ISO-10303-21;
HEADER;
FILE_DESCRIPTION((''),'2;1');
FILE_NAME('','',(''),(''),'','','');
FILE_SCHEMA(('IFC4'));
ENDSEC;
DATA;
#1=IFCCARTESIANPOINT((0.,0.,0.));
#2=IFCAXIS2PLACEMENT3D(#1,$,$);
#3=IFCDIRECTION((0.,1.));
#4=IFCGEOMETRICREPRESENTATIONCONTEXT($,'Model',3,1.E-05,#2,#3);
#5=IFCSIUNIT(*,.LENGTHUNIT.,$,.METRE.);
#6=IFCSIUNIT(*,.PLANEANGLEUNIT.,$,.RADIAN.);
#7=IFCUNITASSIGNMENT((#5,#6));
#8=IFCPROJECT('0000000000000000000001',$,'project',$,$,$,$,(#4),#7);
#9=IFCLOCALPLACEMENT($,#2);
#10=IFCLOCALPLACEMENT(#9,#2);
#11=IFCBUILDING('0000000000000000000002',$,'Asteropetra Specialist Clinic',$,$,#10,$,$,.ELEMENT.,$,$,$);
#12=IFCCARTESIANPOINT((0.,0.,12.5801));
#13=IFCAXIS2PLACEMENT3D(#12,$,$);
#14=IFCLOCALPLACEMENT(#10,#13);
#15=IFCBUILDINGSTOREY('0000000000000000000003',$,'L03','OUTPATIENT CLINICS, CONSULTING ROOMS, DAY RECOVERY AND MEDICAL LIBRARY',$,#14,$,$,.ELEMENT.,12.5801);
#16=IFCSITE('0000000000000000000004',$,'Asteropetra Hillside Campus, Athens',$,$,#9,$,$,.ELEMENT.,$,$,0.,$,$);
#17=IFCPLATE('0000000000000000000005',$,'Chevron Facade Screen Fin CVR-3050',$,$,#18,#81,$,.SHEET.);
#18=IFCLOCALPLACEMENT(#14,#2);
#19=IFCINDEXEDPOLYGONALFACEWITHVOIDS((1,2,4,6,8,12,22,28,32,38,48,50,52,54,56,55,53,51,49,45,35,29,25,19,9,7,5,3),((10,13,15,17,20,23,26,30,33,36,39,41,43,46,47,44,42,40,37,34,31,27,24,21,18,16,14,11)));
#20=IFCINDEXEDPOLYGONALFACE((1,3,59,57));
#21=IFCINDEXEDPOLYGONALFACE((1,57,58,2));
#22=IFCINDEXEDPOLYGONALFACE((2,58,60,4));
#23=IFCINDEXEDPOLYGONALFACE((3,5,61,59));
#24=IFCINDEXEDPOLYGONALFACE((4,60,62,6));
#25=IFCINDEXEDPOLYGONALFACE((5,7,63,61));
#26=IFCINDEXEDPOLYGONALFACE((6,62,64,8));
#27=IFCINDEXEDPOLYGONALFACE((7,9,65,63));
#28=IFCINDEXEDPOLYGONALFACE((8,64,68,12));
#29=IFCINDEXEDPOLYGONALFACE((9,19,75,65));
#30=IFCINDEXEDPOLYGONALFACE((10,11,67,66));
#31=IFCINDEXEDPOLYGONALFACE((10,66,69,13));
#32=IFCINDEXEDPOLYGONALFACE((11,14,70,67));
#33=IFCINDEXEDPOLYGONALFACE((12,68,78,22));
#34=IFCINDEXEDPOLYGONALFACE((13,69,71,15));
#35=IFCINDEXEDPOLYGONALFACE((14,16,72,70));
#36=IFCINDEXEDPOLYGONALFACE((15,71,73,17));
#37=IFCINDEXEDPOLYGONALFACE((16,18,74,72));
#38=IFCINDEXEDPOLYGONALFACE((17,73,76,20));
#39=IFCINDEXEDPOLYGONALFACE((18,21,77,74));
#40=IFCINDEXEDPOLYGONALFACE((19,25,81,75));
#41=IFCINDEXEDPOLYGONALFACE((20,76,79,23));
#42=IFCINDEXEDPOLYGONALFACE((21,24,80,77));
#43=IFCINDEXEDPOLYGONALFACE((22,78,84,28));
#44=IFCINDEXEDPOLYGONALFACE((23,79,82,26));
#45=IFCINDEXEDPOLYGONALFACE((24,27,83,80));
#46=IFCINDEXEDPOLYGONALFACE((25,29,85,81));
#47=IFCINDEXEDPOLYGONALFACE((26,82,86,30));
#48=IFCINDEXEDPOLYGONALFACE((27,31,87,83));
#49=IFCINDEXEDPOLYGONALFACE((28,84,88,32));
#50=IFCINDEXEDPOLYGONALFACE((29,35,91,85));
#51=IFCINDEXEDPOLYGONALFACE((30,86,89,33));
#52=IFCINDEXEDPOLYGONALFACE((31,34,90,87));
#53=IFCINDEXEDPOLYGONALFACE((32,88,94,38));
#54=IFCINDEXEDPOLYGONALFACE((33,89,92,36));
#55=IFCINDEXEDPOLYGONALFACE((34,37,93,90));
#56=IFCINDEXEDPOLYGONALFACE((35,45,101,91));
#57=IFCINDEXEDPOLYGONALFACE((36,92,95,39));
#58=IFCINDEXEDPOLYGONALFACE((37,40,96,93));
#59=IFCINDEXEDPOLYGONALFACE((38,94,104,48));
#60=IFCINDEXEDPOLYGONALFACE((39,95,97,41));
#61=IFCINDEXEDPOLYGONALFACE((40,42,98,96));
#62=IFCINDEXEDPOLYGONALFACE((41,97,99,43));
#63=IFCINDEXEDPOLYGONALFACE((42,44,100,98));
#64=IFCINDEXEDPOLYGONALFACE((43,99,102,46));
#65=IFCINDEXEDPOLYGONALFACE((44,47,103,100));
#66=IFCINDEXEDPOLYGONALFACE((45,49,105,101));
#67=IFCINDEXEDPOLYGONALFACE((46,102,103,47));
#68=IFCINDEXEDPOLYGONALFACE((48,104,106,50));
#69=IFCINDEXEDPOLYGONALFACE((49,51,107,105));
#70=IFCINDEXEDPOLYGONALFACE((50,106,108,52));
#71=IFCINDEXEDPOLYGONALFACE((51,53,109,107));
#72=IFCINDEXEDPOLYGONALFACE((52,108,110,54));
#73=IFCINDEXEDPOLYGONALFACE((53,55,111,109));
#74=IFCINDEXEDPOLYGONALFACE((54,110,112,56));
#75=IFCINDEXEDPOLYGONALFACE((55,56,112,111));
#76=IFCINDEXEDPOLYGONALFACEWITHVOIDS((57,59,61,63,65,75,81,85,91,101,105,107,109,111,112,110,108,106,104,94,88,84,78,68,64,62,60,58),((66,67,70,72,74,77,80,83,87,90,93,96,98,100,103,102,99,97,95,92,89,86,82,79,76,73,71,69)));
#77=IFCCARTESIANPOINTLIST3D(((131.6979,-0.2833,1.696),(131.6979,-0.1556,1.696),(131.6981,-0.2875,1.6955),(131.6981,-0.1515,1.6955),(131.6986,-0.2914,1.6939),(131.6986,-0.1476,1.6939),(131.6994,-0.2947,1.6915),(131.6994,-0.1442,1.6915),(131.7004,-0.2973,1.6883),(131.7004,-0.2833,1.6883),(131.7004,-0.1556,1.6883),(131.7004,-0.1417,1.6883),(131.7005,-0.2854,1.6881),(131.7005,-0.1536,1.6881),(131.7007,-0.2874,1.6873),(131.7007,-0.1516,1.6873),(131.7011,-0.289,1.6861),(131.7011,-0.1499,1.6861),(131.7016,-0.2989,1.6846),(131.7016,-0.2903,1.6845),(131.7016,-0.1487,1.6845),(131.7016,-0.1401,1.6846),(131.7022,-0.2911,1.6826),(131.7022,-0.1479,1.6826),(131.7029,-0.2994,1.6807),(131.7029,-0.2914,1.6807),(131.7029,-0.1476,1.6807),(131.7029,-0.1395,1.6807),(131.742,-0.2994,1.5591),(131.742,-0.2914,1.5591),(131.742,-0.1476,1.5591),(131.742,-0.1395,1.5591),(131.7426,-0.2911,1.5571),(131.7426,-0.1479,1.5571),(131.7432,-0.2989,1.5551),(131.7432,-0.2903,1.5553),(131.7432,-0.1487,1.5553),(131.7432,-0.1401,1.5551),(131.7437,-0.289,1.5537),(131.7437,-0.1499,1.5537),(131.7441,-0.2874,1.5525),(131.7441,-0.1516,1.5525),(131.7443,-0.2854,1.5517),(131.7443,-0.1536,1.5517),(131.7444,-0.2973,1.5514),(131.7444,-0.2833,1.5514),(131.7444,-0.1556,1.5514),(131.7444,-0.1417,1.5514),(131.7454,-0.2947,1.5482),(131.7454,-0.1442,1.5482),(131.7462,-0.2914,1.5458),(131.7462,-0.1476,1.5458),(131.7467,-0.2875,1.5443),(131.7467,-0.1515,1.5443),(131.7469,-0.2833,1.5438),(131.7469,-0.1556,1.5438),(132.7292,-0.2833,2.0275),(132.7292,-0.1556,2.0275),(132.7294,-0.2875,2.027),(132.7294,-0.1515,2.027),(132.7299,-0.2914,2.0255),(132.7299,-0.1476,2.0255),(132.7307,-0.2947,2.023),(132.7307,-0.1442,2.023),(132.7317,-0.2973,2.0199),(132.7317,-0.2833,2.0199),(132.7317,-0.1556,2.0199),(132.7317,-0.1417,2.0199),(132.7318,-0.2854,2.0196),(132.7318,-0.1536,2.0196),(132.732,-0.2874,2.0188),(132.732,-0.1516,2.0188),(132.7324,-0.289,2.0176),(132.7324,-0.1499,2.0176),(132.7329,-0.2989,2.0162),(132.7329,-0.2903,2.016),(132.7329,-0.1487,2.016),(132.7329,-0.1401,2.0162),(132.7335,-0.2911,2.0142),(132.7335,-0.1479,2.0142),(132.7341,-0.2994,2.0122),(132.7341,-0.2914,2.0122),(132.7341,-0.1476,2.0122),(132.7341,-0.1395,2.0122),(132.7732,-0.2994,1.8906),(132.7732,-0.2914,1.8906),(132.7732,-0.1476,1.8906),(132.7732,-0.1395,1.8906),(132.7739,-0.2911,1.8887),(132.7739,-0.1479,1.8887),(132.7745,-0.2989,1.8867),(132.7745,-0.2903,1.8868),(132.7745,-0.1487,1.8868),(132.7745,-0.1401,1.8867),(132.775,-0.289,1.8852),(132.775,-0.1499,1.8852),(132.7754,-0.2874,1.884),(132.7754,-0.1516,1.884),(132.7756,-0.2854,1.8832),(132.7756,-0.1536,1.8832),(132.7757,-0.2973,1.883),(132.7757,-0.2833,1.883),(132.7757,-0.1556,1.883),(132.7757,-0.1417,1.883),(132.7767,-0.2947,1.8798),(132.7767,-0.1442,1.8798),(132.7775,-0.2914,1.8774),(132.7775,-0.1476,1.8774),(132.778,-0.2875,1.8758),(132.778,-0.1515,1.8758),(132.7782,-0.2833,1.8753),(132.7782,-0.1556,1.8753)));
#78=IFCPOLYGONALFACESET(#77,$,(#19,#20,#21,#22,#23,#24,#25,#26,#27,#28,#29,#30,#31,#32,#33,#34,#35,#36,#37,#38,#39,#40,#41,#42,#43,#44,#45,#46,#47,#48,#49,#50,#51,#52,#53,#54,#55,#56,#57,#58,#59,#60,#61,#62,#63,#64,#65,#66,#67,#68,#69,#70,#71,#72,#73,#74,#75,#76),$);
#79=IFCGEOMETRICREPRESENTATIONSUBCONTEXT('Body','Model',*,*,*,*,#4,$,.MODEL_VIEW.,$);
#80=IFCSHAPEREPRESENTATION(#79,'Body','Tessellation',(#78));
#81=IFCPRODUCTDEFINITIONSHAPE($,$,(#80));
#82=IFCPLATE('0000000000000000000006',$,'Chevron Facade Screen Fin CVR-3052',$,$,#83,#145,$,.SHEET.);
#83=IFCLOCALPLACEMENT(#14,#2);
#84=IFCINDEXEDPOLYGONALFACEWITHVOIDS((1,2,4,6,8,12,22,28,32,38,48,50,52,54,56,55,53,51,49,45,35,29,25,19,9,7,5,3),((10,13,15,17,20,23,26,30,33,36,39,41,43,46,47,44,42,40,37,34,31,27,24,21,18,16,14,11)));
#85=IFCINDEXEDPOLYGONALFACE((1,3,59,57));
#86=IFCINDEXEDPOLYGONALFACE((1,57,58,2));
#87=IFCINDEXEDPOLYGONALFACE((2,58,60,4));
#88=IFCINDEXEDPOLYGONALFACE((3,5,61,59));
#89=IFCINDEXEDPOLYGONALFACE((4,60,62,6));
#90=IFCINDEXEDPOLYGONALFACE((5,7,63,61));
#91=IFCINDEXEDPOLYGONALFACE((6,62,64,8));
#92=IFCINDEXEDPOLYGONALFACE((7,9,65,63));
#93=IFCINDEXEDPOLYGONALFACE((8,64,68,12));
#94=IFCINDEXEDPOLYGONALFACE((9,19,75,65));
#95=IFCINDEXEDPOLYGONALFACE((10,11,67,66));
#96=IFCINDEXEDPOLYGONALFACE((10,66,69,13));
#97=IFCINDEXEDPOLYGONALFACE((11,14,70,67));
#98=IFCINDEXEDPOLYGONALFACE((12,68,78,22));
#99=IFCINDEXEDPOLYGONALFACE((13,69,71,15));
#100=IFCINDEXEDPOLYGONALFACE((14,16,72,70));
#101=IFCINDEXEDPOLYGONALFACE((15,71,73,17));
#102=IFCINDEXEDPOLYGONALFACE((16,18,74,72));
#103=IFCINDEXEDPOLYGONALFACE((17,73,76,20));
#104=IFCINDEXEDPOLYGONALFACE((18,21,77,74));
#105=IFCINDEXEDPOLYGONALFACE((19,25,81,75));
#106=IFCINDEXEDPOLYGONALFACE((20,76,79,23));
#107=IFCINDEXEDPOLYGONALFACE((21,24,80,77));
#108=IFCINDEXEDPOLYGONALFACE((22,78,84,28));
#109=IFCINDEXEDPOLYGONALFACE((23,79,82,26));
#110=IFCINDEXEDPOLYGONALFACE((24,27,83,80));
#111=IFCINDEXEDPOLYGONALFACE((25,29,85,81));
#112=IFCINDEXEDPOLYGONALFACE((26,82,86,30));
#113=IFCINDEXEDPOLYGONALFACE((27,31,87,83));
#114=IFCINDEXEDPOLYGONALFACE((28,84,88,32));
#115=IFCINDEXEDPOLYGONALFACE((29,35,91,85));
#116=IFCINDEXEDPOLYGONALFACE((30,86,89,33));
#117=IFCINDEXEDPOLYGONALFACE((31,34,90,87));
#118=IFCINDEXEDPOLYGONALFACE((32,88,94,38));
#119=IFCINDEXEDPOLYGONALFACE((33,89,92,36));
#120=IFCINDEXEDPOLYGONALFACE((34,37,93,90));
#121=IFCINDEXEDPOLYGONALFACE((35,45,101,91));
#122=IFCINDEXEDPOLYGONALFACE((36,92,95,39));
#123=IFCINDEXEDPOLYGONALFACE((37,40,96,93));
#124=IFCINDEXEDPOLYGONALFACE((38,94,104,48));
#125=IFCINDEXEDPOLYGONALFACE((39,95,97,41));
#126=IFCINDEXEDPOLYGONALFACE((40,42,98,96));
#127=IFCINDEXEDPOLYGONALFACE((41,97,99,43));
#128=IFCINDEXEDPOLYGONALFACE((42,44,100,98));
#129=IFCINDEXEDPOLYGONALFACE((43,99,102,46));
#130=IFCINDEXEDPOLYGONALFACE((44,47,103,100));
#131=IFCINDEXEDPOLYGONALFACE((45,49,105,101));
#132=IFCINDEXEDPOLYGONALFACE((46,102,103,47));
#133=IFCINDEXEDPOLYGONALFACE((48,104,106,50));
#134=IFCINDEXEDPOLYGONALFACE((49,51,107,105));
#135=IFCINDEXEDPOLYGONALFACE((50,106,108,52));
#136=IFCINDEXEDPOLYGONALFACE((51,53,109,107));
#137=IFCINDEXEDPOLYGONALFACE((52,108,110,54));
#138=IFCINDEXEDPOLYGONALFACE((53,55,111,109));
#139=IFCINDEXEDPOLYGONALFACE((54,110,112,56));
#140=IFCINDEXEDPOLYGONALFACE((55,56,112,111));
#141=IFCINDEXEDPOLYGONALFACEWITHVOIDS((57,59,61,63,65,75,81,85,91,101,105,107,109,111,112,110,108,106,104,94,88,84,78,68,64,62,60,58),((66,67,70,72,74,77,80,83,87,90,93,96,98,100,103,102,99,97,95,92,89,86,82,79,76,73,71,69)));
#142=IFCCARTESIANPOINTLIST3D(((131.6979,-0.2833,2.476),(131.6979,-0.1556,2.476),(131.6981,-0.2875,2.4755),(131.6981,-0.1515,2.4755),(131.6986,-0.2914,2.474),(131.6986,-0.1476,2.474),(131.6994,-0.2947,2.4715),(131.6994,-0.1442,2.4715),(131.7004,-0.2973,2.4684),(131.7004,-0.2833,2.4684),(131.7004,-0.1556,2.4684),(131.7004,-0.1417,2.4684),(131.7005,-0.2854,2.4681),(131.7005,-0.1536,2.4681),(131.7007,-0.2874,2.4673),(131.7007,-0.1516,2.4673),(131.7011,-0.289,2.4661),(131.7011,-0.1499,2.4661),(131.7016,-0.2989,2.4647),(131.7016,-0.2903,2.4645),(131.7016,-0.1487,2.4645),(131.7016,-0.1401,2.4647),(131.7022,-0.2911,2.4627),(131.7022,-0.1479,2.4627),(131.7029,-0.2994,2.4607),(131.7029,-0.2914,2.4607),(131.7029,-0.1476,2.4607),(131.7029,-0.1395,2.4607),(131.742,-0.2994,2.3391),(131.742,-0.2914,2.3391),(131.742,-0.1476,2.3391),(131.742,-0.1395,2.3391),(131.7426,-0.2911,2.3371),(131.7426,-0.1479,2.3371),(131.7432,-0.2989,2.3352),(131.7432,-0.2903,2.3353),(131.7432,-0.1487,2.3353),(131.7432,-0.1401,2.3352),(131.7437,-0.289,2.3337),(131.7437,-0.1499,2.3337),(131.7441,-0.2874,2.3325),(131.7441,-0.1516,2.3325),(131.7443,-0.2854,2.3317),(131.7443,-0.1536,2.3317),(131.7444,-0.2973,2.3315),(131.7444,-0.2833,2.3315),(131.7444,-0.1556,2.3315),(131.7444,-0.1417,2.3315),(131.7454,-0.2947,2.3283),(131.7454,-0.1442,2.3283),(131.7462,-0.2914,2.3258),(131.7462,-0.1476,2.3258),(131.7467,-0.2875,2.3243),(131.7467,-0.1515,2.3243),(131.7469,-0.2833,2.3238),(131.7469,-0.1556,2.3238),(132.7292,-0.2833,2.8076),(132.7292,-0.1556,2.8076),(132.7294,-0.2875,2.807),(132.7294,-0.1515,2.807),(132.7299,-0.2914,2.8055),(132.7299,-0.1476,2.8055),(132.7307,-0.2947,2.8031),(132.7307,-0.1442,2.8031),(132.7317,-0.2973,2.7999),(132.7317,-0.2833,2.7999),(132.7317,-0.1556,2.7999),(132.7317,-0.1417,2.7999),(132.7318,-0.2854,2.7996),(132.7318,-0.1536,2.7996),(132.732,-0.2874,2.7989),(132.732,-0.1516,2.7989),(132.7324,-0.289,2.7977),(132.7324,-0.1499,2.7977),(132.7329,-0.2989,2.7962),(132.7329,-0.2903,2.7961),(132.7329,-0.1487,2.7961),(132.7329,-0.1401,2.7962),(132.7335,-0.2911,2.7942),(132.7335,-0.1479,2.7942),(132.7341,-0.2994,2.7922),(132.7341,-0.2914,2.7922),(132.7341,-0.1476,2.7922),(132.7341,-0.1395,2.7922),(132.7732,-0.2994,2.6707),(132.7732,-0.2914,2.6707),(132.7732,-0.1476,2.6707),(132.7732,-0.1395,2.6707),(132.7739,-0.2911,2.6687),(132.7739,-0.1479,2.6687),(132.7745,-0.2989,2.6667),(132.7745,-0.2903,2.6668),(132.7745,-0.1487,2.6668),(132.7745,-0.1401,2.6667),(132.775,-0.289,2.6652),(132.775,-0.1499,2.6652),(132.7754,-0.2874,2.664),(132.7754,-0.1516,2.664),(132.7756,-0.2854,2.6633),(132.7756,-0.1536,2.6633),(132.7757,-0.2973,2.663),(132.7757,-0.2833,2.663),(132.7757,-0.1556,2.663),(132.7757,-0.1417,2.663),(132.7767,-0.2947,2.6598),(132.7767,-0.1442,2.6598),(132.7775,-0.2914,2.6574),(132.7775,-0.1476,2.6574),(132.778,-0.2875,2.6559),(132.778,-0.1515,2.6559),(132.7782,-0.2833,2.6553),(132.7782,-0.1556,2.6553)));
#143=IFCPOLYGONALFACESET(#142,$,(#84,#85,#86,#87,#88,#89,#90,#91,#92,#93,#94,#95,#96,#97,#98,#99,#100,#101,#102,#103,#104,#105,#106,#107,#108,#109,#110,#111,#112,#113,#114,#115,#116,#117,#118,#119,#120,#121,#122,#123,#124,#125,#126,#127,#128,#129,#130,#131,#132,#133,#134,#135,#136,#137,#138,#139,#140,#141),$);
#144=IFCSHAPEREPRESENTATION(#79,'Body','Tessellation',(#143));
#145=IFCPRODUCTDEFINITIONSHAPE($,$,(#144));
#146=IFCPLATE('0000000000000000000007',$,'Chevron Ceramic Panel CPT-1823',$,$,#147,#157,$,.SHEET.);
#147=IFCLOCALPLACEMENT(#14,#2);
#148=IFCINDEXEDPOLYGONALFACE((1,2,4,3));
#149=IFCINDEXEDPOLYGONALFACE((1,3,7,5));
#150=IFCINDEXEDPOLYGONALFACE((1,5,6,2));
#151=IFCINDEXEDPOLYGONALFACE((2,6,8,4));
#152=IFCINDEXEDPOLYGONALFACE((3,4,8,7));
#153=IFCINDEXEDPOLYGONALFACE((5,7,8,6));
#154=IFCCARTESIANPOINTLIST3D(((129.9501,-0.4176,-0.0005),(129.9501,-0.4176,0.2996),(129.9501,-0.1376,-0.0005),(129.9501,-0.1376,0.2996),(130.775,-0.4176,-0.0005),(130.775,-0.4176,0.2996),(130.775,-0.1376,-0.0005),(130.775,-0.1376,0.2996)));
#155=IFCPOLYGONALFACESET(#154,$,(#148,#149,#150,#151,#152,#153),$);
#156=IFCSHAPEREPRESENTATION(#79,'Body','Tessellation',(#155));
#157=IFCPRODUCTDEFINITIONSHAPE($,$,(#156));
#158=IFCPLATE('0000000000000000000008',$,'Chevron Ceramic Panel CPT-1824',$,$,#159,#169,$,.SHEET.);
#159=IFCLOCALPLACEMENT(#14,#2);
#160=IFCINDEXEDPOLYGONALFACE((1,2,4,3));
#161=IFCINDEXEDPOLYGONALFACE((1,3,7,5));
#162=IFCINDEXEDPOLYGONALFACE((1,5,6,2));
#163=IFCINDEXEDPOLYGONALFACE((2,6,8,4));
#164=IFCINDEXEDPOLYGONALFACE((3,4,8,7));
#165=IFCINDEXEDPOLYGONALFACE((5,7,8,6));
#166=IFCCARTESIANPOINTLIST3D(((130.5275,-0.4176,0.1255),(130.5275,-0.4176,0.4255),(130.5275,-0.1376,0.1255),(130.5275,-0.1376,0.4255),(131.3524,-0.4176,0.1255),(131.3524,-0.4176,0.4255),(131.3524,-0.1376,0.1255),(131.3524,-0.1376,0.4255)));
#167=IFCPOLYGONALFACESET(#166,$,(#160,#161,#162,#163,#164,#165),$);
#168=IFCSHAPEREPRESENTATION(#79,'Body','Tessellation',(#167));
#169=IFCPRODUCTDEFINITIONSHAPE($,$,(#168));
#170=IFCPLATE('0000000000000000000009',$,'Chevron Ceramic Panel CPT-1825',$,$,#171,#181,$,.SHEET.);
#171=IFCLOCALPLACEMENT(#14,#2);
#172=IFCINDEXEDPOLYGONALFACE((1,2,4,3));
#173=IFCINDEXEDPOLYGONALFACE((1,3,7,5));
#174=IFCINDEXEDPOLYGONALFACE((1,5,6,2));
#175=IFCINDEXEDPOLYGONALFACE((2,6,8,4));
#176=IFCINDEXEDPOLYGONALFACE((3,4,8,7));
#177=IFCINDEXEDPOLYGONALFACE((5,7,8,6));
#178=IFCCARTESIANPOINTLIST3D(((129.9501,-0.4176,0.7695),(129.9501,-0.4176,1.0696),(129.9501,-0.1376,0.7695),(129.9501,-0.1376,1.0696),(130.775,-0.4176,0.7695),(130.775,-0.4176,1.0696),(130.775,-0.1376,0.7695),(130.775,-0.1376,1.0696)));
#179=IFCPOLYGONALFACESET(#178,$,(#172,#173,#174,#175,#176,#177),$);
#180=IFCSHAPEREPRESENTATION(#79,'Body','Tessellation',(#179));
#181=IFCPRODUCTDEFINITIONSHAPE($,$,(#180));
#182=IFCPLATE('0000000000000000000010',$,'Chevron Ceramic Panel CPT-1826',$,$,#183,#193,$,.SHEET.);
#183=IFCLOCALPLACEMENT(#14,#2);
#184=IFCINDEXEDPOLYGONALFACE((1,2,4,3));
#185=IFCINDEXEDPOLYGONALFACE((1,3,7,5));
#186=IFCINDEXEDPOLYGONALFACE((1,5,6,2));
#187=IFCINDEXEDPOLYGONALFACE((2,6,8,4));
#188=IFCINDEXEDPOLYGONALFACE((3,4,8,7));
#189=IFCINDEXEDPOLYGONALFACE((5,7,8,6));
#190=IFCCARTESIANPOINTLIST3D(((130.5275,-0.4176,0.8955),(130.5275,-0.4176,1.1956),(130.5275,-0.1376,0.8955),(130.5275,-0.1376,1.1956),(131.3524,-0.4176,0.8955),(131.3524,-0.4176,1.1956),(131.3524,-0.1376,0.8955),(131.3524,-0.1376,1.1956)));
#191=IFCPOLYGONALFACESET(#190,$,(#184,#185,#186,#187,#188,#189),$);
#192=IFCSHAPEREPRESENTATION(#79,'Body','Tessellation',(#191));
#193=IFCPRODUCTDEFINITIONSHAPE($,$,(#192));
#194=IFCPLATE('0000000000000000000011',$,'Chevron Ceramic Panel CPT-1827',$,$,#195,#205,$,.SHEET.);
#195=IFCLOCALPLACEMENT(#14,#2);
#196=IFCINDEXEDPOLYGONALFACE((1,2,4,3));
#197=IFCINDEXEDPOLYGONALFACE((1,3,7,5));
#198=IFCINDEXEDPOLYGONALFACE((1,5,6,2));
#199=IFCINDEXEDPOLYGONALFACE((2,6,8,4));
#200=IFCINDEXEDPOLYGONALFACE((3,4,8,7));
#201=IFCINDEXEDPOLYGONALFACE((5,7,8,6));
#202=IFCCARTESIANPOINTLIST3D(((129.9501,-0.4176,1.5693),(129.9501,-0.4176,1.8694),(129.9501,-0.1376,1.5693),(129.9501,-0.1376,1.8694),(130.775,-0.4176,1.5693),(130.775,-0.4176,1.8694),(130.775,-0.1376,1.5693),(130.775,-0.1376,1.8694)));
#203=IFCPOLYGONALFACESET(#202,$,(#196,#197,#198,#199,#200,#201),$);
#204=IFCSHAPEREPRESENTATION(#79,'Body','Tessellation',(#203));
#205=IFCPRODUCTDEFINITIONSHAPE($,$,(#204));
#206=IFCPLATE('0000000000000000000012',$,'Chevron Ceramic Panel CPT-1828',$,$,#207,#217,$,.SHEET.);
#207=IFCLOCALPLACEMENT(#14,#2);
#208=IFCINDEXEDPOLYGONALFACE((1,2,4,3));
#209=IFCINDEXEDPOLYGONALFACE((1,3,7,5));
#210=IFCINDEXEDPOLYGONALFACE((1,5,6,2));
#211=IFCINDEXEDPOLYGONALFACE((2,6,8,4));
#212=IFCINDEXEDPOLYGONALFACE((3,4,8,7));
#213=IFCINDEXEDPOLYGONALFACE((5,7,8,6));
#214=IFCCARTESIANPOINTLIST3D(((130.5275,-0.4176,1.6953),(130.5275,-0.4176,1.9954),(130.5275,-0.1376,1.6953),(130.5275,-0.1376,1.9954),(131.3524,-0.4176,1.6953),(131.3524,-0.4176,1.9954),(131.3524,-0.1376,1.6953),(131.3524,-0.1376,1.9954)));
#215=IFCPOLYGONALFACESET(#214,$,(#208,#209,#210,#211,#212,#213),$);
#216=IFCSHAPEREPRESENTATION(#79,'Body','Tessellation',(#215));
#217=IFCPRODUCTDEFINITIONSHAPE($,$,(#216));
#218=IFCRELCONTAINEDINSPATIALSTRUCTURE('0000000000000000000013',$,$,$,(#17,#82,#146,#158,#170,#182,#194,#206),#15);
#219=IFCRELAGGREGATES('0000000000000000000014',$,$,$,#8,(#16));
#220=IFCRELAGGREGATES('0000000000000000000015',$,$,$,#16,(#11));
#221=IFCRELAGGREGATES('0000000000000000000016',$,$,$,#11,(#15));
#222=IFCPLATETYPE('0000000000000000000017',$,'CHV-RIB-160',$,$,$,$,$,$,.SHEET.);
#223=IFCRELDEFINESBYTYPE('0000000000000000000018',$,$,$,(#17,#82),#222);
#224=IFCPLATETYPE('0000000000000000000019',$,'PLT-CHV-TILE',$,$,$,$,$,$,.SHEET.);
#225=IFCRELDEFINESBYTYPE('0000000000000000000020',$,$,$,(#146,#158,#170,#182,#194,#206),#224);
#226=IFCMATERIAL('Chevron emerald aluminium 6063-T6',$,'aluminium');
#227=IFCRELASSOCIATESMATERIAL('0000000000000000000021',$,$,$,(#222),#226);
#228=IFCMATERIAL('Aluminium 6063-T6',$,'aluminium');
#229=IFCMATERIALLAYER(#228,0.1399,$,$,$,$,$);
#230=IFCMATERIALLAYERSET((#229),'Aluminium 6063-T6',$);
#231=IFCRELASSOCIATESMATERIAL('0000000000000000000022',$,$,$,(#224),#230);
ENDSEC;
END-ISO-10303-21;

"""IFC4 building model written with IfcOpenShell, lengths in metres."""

from ifc_helpers import new_model, si_unit, direction, frame, origin, origin_2d, place, context, subcontext, project, spatial, rectangle, hollow_rectangle, extrude, material, layer, layer_set, material_profile, profile_set, type_object, element, save


model = new_model("IFC4")

# Units and contexts
model_context = context("Model", 3, precision=1e-05, world=origin(), true_north=direction((0.0, 1.0)))
body_context = subcontext(model_context, "Body", "Model", "MODEL_VIEW")
ifc_project = project(units=[si_unit("LENGTHUNIT", "METRE"), si_unit("PLANEANGLEUNIT", "RADIAN")], contexts=[model_context])

# Site, building, storey
site_placement = place(None, origin())
site = spatial("IfcSite", under=ifc_project, at=site_placement, Name="Asteropetra Hillside Campus, Athens", CompositionType="ELEMENT", RefElevation=0.0)
building_placement = place(site_placement, origin())
building = spatial("IfcBuilding", under=site, at=building_placement, Name="Asteropetra Specialist Clinic", CompositionType="ELEMENT")
storey_placement = place(building_placement, frame((0.0, 0.0, 12.5801)))
storey = spatial("IfcBuildingStorey", under=building, at=storey_placement, Name="L03", Description="OUTPATIENT CLINICS, CONSULTING ROOMS, DAY RECOVERY AND MEDICAL LIBRARY", CompositionType="ELEMENT", Elevation=12.5801)

# Plates
ifc_material_1 = material(Name="Chevron emerald aluminium 6063-T6", Category="aluminium")
ifc_material_profile_1 = material_profile(ifc_material_1, hollow_rectangle(XDim=0.1599, YDim=0.1599, WallThickness=0.0081, InnerFilletRadius=0.0081, OuterFilletRadius=0.0161, at=origin_2d()), Name="SHS 160x160x8.0")
ifc_profile_set_1 = profile_set([ifc_material_profile_1], Name="Chevron emerald aluminium 6063-T6")
plate_type_1 = type_object("IfcPlateType", Name="CHV-RIB-160", PredefinedType="SHEET", material=ifc_profile_set_1)
for number, where, z_axis, x_axis, name in (
    (1, (131.7224, -0.2195, 1.6199), (0.95201, 0.0, 0.306068), (0.0, 1.0, 0.0), "Chevron Facade Screen Fin CVR-3050"),
    (2, (131.7224, -0.2195, 2.3999), (0.95201, 0.0, 0.306068), (0.0, 1.0, 0.0), "Chevron Facade Screen Fin CVR-3052"),
):
    element("IfcPlate", number, at=place(storey_placement, frame(where, z_axis=z_axis, x_axis=x_axis)), inside=storey, type_object=plate_type_1, Name=name, PredefinedType="SHEET", context=body_context, shape_type="SweptSolid", body=[
        extrude(hollow_rectangle(XDim=0.1599, YDim=0.1599, WallThickness=0.0081, InnerFilletRadius=0.0081, OuterFilletRadius=0.0161, at=origin_2d()), origin(), (0.0, 0.0, 1.0), 1.0833),
    ])
ifc_material_2 = material(Name="Aluminium 6063-T6", Category="aluminium")
ifc_layer_1 = layer(ifc_material_2, 0.1399)
ifc_layer_set_1 = layer_set([ifc_layer_1], Name="Aluminium 6063-T6")
plate_type_2 = type_object("IfcPlateType", Name="PLT-CHV-TILE", PredefinedType="SHEET", material=ifc_layer_set_1)
for number, where, z_axis, x_axis, name in (
    (3, (130.3625, -0.2776, -0.0005), (0.0, 0.0, 1.0), (1.0, 0.0, 0.0), "Chevron Ceramic Panel CPT-1823"),
    (4, (130.9399, -0.2776, 0.1255), (0.0, 0.0, 1.0), (1.0, 0.0, 0.0), "Chevron Ceramic Panel CPT-1824"),
    (5, (130.3625, -0.2776, 0.7695), (0.0, 0.0, 1.0), (1.0, 0.0, 0.0), "Chevron Ceramic Panel CPT-1825"),
    (6, (130.9399, -0.2776, 0.8955), (0.0, 0.0, 1.0), (1.0, 0.0, 0.0), "Chevron Ceramic Panel CPT-1826"),
    (7, (130.3625, -0.2776, 1.5693), (0.0, 0.0, 1.0), (1.0, 0.0, 0.0), "Chevron Ceramic Panel CPT-1827"),
    (8, (130.9399, -0.2776, 1.6953), (0.0, 0.0, 1.0), (1.0, 0.0, 0.0), "Chevron Ceramic Panel CPT-1828"),
):
    element("IfcPlate", number, at=place(storey_placement, frame(where, z_axis=z_axis, x_axis=x_axis)), inside=storey, type_object=plate_type_2, Name=name, PredefinedType="SHEET", context=body_context, shape_type="SweptSolid", body=[
        extrude(rectangle(XDim=0.825, YDim=0.28, at=origin_2d()), origin(), (0.0, 0.0, 1.0), 0.3),
    ])

save(model, "model.ifc")
